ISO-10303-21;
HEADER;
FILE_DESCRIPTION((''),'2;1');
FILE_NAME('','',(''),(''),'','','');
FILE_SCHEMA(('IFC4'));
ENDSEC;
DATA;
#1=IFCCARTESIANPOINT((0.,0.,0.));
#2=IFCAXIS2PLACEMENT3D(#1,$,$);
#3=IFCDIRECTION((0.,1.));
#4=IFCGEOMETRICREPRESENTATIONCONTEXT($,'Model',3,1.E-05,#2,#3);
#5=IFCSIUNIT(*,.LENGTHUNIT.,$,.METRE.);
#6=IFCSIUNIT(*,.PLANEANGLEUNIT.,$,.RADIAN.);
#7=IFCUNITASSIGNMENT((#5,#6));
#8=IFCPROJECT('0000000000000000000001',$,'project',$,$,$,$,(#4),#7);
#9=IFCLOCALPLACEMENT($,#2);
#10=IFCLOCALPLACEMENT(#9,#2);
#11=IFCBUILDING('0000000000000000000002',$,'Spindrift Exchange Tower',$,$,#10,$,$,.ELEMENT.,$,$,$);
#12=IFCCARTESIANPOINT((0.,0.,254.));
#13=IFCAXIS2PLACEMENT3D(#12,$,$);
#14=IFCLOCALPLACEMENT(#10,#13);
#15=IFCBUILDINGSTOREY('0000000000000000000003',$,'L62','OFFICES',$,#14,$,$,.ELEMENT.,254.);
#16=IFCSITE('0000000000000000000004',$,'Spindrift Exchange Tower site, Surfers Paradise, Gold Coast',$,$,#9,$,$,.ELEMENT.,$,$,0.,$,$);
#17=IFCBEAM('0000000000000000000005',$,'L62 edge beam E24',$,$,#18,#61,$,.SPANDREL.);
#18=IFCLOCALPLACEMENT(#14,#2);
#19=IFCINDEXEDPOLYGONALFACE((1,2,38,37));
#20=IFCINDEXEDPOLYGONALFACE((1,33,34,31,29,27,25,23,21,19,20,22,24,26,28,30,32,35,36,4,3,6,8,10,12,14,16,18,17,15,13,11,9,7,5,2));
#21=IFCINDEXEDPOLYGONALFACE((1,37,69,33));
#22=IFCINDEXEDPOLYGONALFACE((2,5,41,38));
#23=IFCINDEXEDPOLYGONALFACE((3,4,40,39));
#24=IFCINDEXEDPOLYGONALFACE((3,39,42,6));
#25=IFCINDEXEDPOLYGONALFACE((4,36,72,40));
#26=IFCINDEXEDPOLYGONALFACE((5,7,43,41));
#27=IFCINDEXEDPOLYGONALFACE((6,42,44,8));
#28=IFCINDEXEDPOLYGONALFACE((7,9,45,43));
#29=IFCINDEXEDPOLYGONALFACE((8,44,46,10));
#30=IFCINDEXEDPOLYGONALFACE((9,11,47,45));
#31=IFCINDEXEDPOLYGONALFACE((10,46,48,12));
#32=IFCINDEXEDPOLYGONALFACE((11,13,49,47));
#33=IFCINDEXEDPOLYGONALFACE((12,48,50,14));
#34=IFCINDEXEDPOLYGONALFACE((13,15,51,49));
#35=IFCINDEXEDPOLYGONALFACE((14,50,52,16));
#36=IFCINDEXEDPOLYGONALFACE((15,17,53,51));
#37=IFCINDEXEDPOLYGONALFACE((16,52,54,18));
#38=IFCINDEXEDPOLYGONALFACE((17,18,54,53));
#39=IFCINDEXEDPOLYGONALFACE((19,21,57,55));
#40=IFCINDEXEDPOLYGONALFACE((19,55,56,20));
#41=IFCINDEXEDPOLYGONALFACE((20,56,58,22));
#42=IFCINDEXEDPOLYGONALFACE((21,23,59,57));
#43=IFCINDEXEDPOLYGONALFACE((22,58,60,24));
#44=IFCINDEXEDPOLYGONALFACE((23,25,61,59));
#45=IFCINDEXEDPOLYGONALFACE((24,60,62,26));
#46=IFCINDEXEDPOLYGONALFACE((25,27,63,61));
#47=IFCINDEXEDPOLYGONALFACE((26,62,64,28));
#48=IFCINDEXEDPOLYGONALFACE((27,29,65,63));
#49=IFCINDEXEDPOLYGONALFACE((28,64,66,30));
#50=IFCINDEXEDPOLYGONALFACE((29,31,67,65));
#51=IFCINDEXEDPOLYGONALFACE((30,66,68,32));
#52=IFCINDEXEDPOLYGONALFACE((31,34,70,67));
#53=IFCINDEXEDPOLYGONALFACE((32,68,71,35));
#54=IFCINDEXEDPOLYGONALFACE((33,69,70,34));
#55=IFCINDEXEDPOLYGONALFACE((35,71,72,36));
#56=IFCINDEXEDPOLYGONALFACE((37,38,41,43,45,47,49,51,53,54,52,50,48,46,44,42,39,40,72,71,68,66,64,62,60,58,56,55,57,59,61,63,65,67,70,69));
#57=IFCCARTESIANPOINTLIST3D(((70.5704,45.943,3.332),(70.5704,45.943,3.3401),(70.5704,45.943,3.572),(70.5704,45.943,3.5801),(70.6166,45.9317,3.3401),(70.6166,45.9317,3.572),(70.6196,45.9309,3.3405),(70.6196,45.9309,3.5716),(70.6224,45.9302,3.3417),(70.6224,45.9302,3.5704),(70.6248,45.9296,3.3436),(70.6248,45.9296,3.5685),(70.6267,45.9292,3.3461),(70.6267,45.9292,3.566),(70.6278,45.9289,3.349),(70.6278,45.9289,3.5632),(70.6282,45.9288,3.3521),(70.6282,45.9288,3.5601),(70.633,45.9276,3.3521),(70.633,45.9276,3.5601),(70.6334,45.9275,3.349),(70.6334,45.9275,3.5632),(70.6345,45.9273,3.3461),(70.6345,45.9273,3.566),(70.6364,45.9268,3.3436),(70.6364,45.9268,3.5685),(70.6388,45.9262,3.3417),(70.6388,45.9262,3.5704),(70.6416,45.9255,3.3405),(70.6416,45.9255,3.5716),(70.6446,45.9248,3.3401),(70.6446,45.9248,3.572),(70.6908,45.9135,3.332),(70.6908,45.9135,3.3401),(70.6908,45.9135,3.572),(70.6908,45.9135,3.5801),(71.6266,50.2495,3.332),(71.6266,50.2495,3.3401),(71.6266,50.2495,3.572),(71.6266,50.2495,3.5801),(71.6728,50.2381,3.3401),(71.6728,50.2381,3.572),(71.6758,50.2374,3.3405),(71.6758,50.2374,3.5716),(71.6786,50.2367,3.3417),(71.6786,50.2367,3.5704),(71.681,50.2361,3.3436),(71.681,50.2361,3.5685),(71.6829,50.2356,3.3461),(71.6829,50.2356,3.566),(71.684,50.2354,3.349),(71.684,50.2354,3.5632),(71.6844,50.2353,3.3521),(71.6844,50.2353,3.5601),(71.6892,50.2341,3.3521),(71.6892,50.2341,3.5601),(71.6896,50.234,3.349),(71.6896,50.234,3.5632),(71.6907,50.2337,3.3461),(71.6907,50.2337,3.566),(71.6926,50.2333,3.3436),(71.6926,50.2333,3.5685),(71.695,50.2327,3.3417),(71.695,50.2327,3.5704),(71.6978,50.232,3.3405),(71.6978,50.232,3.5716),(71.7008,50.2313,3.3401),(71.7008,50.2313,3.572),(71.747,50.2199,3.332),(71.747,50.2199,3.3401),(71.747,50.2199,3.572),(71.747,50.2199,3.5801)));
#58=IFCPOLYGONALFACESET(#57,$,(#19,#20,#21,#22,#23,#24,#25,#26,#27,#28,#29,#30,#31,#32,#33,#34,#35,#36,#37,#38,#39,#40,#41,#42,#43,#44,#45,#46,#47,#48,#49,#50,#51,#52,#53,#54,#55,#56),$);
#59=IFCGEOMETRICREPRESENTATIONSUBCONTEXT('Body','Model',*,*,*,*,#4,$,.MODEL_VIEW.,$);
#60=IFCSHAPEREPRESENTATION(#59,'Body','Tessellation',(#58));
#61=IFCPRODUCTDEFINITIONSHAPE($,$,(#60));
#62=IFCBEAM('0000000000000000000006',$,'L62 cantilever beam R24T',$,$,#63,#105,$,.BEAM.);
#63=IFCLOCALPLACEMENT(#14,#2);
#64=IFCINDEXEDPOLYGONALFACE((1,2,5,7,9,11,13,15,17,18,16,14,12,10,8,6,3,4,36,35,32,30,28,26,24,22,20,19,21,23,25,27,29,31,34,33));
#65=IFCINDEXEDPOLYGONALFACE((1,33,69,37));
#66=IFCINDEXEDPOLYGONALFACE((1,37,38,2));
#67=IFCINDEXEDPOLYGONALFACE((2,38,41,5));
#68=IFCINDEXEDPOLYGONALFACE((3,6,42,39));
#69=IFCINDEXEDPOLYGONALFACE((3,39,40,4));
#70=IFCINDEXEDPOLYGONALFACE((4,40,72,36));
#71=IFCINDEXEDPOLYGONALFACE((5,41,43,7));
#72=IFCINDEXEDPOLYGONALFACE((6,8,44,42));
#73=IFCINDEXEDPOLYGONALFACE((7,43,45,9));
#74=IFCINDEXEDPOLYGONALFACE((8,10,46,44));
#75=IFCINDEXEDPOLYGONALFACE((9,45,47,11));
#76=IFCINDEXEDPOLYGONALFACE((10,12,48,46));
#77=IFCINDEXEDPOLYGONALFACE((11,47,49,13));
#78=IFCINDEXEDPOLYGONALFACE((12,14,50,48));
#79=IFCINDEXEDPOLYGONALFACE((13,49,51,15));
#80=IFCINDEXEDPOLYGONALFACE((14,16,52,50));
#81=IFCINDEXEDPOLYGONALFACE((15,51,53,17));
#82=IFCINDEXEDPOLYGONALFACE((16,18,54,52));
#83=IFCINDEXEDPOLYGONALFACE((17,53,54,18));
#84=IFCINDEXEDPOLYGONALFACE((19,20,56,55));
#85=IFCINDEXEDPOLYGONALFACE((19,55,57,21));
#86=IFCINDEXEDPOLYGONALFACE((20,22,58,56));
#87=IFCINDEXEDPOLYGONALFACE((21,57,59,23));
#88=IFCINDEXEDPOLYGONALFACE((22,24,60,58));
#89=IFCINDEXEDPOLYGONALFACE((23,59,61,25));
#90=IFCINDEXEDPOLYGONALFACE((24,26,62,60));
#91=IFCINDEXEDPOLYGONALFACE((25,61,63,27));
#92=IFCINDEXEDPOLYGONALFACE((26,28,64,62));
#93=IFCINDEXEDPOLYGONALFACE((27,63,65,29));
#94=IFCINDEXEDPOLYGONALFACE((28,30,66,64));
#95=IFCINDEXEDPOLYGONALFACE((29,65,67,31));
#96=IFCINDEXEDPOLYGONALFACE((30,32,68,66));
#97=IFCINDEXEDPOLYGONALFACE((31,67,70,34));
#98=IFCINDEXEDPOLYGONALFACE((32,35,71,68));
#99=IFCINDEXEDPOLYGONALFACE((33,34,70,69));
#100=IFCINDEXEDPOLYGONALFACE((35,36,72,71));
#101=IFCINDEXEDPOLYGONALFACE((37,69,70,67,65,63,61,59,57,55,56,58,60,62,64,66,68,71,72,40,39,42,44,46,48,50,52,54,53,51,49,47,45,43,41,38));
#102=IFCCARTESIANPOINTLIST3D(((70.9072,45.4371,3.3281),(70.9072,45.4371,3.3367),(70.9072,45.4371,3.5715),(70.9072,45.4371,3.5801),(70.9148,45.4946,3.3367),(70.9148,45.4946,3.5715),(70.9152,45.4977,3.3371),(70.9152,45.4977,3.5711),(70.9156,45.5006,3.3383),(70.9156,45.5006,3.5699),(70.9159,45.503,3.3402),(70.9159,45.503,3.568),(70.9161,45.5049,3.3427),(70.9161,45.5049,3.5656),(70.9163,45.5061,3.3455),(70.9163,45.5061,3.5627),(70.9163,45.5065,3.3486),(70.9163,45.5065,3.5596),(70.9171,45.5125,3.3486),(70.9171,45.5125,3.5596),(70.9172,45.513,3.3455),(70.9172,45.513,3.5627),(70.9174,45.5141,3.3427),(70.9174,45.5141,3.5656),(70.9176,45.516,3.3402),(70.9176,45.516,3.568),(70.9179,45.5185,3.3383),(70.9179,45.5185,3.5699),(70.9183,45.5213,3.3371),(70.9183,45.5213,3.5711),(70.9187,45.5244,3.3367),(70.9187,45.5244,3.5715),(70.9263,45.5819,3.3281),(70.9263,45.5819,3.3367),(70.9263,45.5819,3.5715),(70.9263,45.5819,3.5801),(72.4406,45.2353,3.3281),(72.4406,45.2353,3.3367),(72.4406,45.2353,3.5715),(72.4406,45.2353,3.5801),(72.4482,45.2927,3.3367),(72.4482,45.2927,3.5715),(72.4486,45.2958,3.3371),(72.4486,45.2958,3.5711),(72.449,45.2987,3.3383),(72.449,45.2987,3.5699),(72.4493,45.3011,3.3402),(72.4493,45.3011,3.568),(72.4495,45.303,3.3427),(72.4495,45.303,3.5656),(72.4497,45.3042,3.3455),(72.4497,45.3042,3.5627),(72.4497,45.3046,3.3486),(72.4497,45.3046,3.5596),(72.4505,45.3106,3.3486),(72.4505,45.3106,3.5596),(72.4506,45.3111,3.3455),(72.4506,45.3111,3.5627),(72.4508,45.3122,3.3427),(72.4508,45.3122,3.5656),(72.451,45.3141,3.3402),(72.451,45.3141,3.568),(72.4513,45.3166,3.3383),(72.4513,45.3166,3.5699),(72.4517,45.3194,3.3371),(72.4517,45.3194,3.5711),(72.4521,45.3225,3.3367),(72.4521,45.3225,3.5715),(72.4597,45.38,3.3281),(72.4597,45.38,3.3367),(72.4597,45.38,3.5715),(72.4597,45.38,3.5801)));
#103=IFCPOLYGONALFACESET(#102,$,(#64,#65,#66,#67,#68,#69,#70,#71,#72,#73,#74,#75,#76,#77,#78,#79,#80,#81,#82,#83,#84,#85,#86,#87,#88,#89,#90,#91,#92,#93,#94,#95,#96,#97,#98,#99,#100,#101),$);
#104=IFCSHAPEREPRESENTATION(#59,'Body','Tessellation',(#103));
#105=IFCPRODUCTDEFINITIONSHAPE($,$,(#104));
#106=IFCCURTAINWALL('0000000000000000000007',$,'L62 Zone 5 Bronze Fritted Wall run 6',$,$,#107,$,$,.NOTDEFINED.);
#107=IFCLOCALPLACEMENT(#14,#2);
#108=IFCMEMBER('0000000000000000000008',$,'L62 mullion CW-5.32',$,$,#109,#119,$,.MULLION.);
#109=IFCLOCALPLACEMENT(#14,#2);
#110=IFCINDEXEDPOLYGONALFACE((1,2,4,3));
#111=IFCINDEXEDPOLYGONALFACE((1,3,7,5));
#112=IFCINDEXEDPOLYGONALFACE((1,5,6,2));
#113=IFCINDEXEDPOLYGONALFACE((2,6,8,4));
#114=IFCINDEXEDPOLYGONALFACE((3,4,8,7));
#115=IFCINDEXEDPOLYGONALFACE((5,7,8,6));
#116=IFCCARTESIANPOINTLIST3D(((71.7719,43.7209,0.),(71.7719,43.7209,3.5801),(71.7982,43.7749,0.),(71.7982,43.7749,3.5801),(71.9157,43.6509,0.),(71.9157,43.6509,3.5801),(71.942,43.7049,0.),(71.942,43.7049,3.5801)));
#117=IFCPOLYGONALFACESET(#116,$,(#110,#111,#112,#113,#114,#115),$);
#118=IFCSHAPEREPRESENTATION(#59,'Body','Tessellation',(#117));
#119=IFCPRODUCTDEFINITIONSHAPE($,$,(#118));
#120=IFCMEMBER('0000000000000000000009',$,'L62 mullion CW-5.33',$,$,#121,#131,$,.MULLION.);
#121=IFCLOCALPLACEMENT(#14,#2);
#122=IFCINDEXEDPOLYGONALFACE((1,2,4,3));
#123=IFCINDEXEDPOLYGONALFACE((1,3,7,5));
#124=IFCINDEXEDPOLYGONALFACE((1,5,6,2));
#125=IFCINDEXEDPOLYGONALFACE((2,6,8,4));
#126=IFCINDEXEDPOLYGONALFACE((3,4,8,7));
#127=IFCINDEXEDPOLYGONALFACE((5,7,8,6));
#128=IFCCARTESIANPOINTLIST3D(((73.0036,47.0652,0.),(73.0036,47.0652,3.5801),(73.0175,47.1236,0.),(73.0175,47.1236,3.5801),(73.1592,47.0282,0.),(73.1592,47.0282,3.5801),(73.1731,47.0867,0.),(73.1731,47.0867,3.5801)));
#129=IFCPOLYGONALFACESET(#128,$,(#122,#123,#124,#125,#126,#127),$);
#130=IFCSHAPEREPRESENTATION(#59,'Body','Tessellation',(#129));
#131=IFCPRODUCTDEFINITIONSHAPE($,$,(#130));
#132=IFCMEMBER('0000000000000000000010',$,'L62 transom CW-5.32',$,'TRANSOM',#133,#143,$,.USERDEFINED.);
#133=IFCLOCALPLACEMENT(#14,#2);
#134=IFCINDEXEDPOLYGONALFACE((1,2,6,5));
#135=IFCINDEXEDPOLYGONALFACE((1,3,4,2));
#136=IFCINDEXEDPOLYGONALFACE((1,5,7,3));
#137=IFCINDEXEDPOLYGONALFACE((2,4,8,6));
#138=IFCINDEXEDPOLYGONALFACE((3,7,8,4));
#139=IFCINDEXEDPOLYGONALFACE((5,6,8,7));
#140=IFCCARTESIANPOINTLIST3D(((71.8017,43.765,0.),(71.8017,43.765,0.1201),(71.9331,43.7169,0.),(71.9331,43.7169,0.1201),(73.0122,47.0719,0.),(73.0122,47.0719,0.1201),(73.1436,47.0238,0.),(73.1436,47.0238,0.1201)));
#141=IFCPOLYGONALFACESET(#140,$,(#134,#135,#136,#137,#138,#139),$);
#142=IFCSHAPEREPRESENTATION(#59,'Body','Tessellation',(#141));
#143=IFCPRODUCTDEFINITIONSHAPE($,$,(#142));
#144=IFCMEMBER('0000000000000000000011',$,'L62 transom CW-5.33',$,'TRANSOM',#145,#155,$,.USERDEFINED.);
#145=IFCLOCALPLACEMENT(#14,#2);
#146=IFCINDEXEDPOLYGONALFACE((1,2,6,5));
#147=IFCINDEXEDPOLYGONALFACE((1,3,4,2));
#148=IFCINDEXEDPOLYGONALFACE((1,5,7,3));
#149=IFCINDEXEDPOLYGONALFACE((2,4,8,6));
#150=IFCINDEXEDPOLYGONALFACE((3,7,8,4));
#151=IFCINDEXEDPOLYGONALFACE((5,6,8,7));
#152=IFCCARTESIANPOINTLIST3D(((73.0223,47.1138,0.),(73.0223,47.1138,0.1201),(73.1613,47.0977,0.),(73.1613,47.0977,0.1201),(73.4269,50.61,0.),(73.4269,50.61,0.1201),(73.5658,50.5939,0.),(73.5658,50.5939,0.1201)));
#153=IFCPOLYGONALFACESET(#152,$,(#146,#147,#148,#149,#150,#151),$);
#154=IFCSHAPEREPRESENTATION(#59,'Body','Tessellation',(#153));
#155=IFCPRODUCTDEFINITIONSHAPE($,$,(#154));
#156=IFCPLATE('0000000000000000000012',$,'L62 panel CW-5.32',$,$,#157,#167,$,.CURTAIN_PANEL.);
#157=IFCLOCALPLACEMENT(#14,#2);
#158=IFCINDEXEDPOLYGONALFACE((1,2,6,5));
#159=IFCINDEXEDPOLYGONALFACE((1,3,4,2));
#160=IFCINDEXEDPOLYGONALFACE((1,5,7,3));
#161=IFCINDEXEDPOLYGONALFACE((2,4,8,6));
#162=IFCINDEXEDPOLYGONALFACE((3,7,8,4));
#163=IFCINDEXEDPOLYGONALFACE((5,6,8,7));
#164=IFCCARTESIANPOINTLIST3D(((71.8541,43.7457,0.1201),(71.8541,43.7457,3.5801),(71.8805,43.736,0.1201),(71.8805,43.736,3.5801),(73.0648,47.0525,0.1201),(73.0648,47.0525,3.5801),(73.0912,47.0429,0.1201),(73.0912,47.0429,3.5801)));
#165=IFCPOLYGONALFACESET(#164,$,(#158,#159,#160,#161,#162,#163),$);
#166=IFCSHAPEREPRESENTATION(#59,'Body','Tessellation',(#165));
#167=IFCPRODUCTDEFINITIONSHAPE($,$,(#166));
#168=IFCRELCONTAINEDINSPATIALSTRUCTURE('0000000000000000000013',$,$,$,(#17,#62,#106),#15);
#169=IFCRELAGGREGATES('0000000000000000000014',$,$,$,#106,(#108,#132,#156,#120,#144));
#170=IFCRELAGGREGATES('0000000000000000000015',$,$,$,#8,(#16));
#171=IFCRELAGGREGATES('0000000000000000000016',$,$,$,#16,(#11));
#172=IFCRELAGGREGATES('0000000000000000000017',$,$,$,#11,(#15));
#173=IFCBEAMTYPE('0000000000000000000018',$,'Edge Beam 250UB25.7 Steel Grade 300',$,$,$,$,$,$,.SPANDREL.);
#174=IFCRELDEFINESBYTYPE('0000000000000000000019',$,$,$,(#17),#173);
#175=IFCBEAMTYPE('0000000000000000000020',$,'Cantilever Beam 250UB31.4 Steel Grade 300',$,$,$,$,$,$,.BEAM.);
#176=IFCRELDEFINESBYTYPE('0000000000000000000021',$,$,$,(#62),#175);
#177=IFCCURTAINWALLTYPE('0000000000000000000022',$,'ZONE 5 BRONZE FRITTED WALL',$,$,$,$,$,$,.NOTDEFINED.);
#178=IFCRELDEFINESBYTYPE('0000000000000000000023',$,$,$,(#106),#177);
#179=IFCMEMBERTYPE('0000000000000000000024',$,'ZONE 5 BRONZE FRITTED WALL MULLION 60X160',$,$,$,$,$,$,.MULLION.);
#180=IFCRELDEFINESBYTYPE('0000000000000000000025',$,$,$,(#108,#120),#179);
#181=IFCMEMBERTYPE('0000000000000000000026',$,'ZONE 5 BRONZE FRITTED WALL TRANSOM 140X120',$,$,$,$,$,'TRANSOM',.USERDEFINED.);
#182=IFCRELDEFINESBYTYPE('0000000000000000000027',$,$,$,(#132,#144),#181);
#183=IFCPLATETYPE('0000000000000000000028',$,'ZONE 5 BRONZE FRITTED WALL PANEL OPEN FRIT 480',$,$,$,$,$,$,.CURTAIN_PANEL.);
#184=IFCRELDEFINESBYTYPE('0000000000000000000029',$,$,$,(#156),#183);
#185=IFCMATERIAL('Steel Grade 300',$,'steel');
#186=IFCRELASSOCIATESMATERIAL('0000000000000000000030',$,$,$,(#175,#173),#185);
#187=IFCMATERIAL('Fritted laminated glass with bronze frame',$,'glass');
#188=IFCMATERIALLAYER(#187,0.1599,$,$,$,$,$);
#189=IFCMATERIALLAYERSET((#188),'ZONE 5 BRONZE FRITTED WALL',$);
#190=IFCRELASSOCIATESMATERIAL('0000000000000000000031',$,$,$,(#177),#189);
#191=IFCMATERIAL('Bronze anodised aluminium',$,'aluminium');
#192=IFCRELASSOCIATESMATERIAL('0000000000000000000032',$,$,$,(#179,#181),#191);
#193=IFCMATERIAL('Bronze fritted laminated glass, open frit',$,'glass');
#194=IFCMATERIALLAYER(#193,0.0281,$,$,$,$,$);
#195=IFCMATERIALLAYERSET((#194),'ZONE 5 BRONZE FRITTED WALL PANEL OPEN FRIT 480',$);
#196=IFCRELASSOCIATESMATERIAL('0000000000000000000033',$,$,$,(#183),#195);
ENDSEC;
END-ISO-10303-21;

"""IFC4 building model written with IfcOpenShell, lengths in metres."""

from ifc_helpers import new_model, si_unit, direction, frame, origin, origin_2d, place, context, subcontext, project, spatial, rectangle, i_section, extrude, source, transform, mapped, material, layer, layer_set, material_profile, profile_set, type_object, element, aggregate, save


model = new_model("IFC4")

# Units and contexts
model_context = context("Model", 3, precision=1e-05, world=origin(), true_north=direction((0.0, 1.0)))
body_context = subcontext(model_context, "Body", "Model", "MODEL_VIEW")
ifc_project = project(units=[si_unit("LENGTHUNIT", "METRE"), si_unit("PLANEANGLEUNIT", "RADIAN")], contexts=[model_context])

# Site, building, storey
site_placement = place(None, origin())
site = spatial("IfcSite", under=ifc_project, at=site_placement, Name="Spindrift Exchange Tower site, Surfers Paradise, Gold Coast", CompositionType="ELEMENT", RefElevation=0.0)
building_placement = place(site_placement, origin())
building = spatial("IfcBuilding", under=site, at=building_placement, Name="Spindrift Exchange Tower", CompositionType="ELEMENT")
storey_placement = place(building_placement, frame((0.0, 0.0, 254.0)))
storey = spatial("IfcBuildingStorey", under=building, at=storey_placement, Name="L62", Description="OFFICES", CompositionType="ELEMENT", Elevation=254.0)

# Beams
ifc_material_1 = material(Name="Steel Grade 300", Category="steel")
ifc_material_profile_1 = material_profile(ifc_material_1, i_section(OverallWidth=0.146, OverallDepth=0.252, WebThickness=0.0061, FlangeThickness=0.0085, FilletRadius=0.012, at=origin_2d()), Name="250UB31.4")
ifc_profile_set_1 = profile_set([ifc_material_profile_1], Name="Steel Grade 300")
beam_type_1 = type_object("IfcBeamType", Name="Cantilever Beam 250UB31.4 Steel Grade 300", PredefinedType="BEAM", material=ifc_profile_set_1)
ifc_material_profile_2 = material_profile(ifc_material_1, i_section(OverallWidth=0.124, OverallDepth=0.248, WebThickness=0.0049, FlangeThickness=0.0081, FilletRadius=0.012, at=origin_2d()), Name="250UB25.7")
ifc_profile_set_2 = profile_set([ifc_material_profile_2], Name="Steel Grade 300")
beam_type_2 = type_object("IfcBeamType", Name="Edge Beam 250UB25.7 Steel Grade 300", PredefinedType="SPANDREL", material=ifc_profile_set_2)
shared_shape_1 = source(origin(), body_context, "Body", "SweptSolid", [
    extrude(i_section(OverallWidth=0.124, OverallDepth=0.248, WebThickness=0.0049, FlangeThickness=0.0081, FilletRadius=0.012, at=origin_2d()), origin(), (0.0, 0.0, 1.0), 4.4341),
])
beam_1_placement = place(storey_placement, frame((70.6306, 45.9282, 3.4561), z_axis=(0.238193, 0.971218, 0.0), x_axis=(-0.971218, 0.238193, 0.0)))
element("IfcBeam", 1, at=beam_1_placement, inside=storey, type_object=beam_type_2, Name="L62 edge beam E24", PredefinedType="SPANDREL", context=body_context, shape_type="MappedRepresentation", body=[
    mapped(shared_shape_1, transform((0.0, 0.0, 0.0), scale=1.0)),
])
shared_shape_2 = source(origin(), body_context, "Body", "SweptSolid", [
    extrude(i_section(OverallWidth=0.146, OverallDepth=0.252, WebThickness=0.0061, FlangeThickness=0.0085, FilletRadius=0.012, at=origin_2d()), origin(), (0.0, 0.0, 1.0), 1.5466),
])
beam_2_placement = place(storey_placement, frame((70.9167, 45.5095, 3.4541), z_axis=(0.991443, -0.13054, 0.0), x_axis=(0.13054, 0.991443, 0.0)))
element("IfcBeam", 2, at=beam_2_placement, inside=storey, type_object=beam_type_1, Name="L62 cantilever beam R24T", PredefinedType="BEAM", context=body_context, shape_type="MappedRepresentation", body=[
    mapped(shared_shape_2, transform((0.0, 0.0, 0.0), scale=1.0)),
])

# Curtain wall, members, plate
ifc_material_2 = material(Name="Fritted laminated glass with bronze frame", Category="glass")
ifc_layer_1 = layer(ifc_material_2, 0.1599)
ifc_layer_set_1 = layer_set([ifc_layer_1], Name="ZONE 5 BRONZE FRITTED WALL")
curtain_wall_type = type_object("IfcCurtainWallType", Name="ZONE 5 BRONZE FRITTED WALL", PredefinedType="NOTDEFINED", material=ifc_layer_set_1)
curtain_wall_placement = place(storey_placement, origin())
curtain_wall = element("IfcCurtainWall", 3, at=curtain_wall_placement, inside=storey, type_object=curtain_wall_type, Name="L62 Zone 5 Bronze Fritted Wall run 6", PredefinedType="NOTDEFINED")
ifc_material_3 = material(Name="Bronze anodised aluminium", Category="aluminium")
ifc_material_profile_3 = material_profile(ifc_material_3, rectangle(XDim=0.0601, YDim=0.1599, at=origin_2d()), Name="ZONE 5 BRONZE FRITTED WALL MULLION 60X160")
ifc_profile_set_3 = profile_set([ifc_material_profile_3], Name="Bronze anodised aluminium")
member_type_1 = type_object("IfcMemberType", Name="ZONE 5 BRONZE FRITTED WALL MULLION 60X160", PredefinedType="MULLION", material=ifc_profile_set_3)
shared_shape_3 = source(origin(), body_context, "Body", "SweptSolid", [
    extrude(rectangle(XDim=0.0601, YDim=0.1599, at=origin_2d()), origin(), (0.0, 0.0, 1.0), 3.5801),
])
member_1_placement = place(storey_placement, frame((71.8569, 43.7129, 0.0), z_axis=(0.0, 0.0, 1.0), x_axis=(0.437478, 0.899229, 0.0)))
member_1 = element("IfcMember", 4, at=member_1_placement, type_object=member_type_1, Name="L62 mullion CW-5.32", PredefinedType="MULLION", context=body_context, shape_type="MappedRepresentation", body=[
    mapped(shared_shape_3, transform((0.0, 0.0, 0.0), scale=1.0)),
])
member_2_placement = place(storey_placement, frame((73.0884, 47.0759, 0.0), z_axis=(0.0, 0.0, 1.0), x_axis=(0.230996, 0.972955, 0.0)))
member_2 = element("IfcMember", 5, at=member_2_placement, type_object=member_type_1, Name="L62 mullion CW-5.33", PredefinedType="MULLION", context=body_context, shape_type="MappedRepresentation", body=[
    mapped(shared_shape_3, transform((0.0, 0.0, 0.0), scale=1.0)),
])
ifc_material_profile_4 = material_profile(ifc_material_3, rectangle(XDim=0.1399, YDim=0.1201, at=origin_2d()), Name="ZONE 5 BRONZE FRITTED WALL TRANSOM 140X120")
ifc_profile_set_4 = profile_set([ifc_material_profile_4], Name="Bronze anodised aluminium")
member_type_2 = type_object("IfcMemberType", Name="ZONE 5 BRONZE FRITTED WALL TRANSOM 140X120", ElementType="TRANSOM", PredefinedType="USERDEFINED", material=ifc_profile_set_4)
shared_shape_4 = source(origin(), body_context, "Body", "SweptSolid", [
    extrude(rectangle(XDim=0.1399, YDim=0.1201, at=origin_2d()), origin(), (0.0, 0.0, 1.0), 3.5215),
])
member_3_placement = place(storey_placement, frame((71.8674, 43.741, 0.0601), z_axis=(0.343735, 0.939067, 0.0), x_axis=(-0.939067, 0.343735, 0.0)))
member_3 = element("IfcMember", 6, at=member_3_placement, type_object=member_type_2, Name="L62 transom CW-5.32", ObjectType="TRANSOM", PredefinedType="USERDEFINED", context=body_context, shape_type="MappedRepresentation", body=[
    mapped(shared_shape_4, transform((0.0, 0.0, 0.0), scale=1.0)),
])
shared_shape_5 = source(origin(), body_context, "Body", "SweptSolid", [
    extrude(rectangle(XDim=0.1399, YDim=0.1201, at=origin_2d()), origin(), (0.0, 0.0, 1.0), 3.5195),
])
member_4_placement = place(storey_placement, frame((73.0918, 47.1057, 0.0601), z_axis=(0.114945, 0.993372, 0.0), x_axis=(-0.993372, 0.114945, 0.0)))
member_4 = element("IfcMember", 7, at=member_4_placement, type_object=member_type_2, Name="L62 transom CW-5.33", ObjectType="TRANSOM", PredefinedType="USERDEFINED", context=body_context, shape_type="MappedRepresentation", body=[
    mapped(shared_shape_5, transform((0.0, 0.0, 0.0), scale=1.0)),
])
ifc_material_4 = material(Name="Bronze fritted laminated glass, open frit", Category="glass")
ifc_layer_2 = layer(ifc_material_4, 0.0281)
ifc_layer_set_2 = layer_set([ifc_layer_2], Name="ZONE 5 BRONZE FRITTED WALL PANEL OPEN FRIT 480")
plate_type_1 = type_object("IfcPlateType", Name="ZONE 5 BRONZE FRITTED WALL PANEL OPEN FRIT 480", PredefinedType="CURTAIN_PANEL", material=ifc_layer_set_2)
shared_shape_6 = source(origin(), body_context, "Body", "SweptSolid", [
    extrude(rectangle(XDim=3.5215, YDim=0.0281, at=origin_2d()), origin(), (0.0, 0.0, 1.0), 3.46),
])
plate_1_placement = place(storey_placement, frame((72.4727, 45.3943, 0.1201), z_axis=(0.0, 0.0, 1.0), x_axis=(0.343794, 0.939045, 0.0)))
plate_1 = element("IfcPlate", 8, at=plate_1_placement, type_object=plate_type_1, Name="L62 panel CW-5.32", PredefinedType="CURTAIN_PANEL", context=body_context, shape_type="MappedRepresentation", body=[
    mapped(shared_shape_6, transform((0.0, 0.0, 0.0), scale=1.0)),
])
aggregate(curtain_wall, [member_1, member_3, plate_1, member_2, member_4])

save(model, "model.ifc")
